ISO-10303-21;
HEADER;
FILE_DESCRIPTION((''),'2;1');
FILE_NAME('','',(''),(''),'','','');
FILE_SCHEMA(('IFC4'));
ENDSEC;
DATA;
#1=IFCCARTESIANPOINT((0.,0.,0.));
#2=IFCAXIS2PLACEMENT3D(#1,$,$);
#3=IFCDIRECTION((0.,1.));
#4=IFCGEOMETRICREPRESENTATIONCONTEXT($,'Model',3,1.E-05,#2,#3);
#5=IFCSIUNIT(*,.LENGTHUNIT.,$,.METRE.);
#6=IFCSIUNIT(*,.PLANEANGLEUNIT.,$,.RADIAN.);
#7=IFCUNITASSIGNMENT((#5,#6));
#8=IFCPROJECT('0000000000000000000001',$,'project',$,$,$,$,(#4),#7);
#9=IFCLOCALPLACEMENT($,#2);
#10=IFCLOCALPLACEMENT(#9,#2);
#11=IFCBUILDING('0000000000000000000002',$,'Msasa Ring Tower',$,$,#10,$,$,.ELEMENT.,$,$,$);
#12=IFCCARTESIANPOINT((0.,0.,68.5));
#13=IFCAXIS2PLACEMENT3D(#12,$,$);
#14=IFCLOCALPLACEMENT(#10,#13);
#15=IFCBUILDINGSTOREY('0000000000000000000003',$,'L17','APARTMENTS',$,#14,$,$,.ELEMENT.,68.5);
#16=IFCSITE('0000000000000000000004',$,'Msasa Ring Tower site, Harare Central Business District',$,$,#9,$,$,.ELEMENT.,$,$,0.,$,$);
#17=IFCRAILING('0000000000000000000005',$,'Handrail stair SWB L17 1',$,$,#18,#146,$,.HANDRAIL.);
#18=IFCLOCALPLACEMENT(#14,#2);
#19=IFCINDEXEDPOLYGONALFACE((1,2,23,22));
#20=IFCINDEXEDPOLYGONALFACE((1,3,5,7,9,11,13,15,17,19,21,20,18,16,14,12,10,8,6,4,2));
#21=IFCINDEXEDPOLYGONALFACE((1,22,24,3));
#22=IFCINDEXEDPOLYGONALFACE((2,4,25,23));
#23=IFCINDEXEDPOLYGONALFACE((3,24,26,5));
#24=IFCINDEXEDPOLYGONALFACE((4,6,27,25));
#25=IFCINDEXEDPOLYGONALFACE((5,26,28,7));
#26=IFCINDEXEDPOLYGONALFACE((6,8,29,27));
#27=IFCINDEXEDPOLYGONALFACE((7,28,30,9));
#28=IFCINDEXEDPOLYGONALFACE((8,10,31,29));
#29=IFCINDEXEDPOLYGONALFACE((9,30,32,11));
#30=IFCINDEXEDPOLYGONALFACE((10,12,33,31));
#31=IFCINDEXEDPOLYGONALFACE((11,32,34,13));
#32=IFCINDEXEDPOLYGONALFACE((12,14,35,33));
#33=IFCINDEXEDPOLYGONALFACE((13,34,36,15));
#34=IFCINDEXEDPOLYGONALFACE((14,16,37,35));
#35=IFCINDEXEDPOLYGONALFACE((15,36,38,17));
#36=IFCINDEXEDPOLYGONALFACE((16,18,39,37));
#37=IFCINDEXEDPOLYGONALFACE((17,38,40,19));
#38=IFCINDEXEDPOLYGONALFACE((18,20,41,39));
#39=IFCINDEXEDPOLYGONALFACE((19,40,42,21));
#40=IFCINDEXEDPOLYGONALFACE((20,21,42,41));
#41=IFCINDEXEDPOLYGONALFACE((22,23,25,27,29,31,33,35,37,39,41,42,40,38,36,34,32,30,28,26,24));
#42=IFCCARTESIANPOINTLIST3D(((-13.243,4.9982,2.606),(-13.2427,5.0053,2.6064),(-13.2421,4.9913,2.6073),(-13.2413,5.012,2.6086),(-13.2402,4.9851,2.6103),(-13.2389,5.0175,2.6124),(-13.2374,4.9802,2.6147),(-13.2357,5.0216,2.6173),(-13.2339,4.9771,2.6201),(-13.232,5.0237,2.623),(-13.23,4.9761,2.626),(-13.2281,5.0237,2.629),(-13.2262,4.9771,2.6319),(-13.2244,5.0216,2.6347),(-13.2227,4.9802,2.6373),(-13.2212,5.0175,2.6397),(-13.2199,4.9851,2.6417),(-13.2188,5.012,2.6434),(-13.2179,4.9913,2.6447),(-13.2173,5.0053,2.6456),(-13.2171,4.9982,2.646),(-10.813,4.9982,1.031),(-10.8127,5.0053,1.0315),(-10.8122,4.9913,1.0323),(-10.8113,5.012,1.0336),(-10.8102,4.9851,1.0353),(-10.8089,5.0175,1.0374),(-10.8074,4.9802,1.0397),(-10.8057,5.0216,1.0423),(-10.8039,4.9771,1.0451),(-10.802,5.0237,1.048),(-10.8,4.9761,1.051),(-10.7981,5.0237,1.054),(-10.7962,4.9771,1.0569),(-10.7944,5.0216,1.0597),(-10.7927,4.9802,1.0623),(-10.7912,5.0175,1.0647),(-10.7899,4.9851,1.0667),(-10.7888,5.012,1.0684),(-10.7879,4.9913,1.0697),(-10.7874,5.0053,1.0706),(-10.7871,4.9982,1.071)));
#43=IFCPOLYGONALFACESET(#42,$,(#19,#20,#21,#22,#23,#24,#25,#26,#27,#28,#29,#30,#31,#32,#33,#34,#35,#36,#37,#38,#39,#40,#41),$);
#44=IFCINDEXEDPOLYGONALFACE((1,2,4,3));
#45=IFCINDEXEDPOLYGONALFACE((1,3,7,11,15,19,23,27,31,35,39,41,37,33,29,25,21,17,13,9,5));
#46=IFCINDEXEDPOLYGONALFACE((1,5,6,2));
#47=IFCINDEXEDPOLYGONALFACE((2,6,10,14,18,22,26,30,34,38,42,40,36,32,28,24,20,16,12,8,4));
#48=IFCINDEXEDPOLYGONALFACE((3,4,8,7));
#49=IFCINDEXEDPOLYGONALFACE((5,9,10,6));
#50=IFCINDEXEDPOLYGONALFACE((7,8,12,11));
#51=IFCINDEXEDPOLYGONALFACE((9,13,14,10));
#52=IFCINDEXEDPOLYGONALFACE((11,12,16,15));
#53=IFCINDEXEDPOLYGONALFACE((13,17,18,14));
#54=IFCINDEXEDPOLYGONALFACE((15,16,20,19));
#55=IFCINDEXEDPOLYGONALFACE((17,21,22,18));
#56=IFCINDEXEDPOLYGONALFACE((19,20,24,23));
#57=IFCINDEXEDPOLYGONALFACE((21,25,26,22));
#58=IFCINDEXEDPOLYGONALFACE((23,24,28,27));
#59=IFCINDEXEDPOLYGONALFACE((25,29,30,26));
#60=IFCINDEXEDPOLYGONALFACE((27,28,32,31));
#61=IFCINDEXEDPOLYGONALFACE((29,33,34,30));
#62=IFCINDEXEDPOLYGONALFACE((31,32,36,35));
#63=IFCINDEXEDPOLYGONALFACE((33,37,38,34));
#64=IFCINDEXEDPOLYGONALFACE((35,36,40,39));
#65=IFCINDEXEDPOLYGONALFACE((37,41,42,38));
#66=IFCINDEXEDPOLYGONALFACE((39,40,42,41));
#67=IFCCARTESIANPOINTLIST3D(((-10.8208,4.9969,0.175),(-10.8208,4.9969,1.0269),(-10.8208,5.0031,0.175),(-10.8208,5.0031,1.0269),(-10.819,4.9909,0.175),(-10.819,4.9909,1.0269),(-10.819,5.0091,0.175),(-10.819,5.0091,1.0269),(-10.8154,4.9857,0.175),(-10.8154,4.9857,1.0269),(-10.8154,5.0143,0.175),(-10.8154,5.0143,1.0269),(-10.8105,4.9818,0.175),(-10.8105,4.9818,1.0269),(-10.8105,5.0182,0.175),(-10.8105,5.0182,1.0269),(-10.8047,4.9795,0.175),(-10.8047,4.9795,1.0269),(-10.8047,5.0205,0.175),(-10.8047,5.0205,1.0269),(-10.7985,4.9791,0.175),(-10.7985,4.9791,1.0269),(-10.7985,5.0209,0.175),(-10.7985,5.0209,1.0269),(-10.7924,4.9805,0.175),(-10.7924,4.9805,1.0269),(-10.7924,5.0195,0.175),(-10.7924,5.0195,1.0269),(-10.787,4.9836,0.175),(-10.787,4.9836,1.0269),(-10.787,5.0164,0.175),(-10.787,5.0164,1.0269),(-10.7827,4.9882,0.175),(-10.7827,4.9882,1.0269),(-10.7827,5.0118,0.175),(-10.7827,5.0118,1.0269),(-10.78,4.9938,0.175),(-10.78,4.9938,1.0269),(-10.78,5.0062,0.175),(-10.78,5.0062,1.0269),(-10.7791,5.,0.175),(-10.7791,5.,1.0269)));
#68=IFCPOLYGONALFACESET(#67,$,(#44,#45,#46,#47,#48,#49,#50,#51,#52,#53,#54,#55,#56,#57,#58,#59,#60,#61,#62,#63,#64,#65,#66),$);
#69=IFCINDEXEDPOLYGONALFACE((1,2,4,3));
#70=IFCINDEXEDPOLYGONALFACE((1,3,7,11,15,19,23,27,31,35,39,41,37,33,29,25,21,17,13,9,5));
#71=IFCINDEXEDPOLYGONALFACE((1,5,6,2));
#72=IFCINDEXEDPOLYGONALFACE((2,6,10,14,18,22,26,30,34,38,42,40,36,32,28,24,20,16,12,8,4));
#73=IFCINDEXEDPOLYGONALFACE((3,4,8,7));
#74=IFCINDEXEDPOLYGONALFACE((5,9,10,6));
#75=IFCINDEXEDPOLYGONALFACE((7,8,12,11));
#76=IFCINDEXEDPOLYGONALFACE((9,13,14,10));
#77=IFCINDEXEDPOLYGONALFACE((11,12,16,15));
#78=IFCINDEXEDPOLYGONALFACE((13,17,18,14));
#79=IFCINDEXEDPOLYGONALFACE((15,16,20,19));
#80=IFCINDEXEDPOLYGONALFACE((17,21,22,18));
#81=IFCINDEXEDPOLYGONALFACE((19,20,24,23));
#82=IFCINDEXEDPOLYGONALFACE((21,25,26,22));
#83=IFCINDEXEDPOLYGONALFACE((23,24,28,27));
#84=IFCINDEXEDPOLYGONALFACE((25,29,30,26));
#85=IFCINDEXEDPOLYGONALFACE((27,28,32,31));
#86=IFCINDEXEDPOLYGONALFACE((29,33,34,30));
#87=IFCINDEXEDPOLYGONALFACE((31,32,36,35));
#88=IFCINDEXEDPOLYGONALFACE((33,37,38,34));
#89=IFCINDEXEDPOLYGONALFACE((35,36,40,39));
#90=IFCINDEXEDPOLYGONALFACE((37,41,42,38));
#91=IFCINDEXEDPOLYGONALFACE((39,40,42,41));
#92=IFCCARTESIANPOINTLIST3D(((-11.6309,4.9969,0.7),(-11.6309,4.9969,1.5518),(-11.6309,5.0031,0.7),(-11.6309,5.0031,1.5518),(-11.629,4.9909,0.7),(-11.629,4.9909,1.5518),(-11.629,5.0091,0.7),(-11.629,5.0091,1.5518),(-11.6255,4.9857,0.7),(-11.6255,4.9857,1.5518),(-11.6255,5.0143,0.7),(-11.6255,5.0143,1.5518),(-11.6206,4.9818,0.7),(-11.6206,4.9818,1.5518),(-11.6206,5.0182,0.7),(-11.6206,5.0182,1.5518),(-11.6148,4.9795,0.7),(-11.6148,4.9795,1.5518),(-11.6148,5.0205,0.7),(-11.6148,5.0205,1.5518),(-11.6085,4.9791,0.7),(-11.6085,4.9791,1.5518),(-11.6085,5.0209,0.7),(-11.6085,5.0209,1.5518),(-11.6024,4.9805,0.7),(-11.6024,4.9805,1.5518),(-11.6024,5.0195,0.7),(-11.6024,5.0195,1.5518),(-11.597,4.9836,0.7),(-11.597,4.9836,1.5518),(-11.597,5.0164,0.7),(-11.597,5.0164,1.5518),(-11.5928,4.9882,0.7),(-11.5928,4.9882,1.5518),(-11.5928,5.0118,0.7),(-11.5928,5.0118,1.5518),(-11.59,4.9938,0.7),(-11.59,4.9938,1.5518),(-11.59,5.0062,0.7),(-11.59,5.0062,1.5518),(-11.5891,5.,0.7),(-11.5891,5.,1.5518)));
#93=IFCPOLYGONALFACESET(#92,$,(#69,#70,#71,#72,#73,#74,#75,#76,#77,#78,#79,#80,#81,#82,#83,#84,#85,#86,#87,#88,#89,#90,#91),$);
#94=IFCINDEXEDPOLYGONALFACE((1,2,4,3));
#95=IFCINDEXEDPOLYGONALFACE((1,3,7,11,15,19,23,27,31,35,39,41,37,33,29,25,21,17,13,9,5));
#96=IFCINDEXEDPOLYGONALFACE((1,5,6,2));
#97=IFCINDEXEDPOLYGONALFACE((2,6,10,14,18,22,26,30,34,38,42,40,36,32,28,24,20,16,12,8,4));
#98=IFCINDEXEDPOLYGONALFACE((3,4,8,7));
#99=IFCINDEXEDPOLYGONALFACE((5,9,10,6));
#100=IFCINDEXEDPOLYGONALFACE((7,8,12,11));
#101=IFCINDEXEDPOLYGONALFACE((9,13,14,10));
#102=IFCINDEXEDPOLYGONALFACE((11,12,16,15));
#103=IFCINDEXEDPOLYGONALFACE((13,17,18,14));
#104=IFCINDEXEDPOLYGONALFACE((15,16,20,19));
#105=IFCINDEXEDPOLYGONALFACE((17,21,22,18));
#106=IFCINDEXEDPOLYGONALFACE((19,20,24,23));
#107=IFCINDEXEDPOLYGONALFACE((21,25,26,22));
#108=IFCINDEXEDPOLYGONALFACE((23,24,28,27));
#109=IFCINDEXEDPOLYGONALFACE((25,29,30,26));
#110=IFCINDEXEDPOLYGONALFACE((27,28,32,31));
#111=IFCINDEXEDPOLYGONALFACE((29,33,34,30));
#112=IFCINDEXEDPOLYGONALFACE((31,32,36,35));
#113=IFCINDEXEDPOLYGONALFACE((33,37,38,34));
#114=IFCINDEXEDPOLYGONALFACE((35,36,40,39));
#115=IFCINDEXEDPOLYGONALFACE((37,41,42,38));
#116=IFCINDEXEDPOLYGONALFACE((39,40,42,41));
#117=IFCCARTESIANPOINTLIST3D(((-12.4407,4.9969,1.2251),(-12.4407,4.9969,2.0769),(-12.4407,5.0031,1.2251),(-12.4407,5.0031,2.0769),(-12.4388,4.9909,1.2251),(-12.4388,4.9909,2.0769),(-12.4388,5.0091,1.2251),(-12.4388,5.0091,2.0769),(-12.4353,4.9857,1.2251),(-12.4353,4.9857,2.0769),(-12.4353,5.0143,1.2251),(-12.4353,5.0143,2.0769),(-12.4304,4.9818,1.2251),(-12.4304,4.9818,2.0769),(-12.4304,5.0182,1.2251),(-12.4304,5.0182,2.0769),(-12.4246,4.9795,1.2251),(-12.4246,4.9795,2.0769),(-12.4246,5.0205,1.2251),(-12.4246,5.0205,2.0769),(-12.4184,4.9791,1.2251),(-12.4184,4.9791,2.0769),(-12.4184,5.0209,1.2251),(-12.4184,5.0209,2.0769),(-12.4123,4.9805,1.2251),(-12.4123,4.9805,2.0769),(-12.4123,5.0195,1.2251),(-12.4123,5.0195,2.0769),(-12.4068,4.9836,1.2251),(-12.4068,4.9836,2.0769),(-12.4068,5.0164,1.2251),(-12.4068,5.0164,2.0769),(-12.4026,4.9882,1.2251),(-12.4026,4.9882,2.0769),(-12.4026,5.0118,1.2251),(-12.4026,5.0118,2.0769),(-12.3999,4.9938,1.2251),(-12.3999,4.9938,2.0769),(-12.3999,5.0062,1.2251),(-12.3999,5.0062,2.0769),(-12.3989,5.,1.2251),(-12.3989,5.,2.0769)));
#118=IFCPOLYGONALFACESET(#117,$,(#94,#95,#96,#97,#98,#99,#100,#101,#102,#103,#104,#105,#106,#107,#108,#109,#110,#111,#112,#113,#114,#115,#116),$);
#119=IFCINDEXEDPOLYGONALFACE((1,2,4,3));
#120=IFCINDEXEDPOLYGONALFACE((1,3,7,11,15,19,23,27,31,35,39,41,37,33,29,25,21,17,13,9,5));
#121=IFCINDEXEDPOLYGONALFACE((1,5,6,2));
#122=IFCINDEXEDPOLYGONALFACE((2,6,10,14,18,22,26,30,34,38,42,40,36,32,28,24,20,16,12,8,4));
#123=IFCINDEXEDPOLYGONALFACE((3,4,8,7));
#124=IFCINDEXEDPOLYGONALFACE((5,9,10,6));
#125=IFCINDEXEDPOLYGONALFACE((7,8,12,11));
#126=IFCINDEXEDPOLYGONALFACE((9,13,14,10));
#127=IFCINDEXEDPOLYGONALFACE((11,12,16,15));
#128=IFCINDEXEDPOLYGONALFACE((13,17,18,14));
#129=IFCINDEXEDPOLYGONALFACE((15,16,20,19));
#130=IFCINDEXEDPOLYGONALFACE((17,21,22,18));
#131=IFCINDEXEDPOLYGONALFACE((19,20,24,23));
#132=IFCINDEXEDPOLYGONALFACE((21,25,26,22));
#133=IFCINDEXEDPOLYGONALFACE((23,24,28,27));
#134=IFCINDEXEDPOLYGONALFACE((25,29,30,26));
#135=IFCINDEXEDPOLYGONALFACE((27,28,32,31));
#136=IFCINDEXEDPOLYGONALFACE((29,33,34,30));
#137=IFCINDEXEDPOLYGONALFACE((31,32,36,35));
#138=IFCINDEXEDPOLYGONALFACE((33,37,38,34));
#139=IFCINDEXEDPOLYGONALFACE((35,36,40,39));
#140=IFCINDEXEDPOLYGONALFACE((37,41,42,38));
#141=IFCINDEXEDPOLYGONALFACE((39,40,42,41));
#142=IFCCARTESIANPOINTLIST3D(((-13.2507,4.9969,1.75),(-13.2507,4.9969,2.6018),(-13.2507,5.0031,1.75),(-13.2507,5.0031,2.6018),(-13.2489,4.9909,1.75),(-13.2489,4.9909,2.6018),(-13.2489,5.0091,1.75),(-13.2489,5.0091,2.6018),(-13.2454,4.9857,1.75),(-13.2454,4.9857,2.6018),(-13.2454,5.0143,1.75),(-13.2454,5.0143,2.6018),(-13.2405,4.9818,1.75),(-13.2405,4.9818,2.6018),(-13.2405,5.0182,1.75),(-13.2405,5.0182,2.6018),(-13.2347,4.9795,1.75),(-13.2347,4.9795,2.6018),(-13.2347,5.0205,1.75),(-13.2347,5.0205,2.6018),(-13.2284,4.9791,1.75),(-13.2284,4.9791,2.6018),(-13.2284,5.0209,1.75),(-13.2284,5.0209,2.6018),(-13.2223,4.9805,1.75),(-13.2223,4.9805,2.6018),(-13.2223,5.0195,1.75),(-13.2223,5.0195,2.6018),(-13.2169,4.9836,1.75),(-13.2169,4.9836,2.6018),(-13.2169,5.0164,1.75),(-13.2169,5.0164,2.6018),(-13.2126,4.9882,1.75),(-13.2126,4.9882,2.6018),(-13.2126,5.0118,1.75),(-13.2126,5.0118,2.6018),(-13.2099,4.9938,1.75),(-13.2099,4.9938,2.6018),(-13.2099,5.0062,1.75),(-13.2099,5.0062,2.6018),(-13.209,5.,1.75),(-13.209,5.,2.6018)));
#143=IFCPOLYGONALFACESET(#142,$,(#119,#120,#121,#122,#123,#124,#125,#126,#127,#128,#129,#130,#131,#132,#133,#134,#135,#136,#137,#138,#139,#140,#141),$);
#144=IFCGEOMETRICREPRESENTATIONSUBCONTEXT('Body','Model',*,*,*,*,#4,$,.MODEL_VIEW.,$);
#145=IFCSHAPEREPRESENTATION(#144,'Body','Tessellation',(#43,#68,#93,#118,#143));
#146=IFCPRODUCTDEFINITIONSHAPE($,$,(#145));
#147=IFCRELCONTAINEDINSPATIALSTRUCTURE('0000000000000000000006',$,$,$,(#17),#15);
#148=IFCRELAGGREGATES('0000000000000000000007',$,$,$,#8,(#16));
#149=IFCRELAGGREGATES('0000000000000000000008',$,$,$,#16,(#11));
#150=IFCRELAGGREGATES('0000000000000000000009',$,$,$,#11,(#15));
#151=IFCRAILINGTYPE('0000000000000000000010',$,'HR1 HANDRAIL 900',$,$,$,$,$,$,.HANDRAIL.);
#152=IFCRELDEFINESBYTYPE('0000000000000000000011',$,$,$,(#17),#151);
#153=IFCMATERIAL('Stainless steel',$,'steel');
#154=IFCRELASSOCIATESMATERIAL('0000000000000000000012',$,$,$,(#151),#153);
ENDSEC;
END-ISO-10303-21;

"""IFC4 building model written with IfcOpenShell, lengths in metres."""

from ifc_helpers import new_model, si_unit, direction, frame, origin, origin_2d, place, context, subcontext, project, spatial, circle, extrude, material, type_object, element, save


model = new_model("IFC4")

# Units and contexts
model_context = context("Model", 3, precision=1e-05, world=origin(), true_north=direction((0.0, 1.0)))
body_context = subcontext(model_context, "Body", "Model", "MODEL_VIEW")
ifc_project = project(units=[si_unit("LENGTHUNIT", "METRE"), si_unit("PLANEANGLEUNIT", "RADIAN")], contexts=[model_context])

# Site, building, storey
site_placement = place(None, origin())
site = spatial("IfcSite", under=ifc_project, at=site_placement, Name="Msasa Ring Tower site, Harare Central Business District", CompositionType="ELEMENT", RefElevation=0.0)
building_placement = place(site_placement, origin())
building = spatial("IfcBuilding", under=site, at=building_placement, Name="Msasa Ring Tower", CompositionType="ELEMENT")
storey_placement = place(building_placement, frame((0.0, 0.0, 68.5)))
storey = spatial("IfcBuildingStorey", under=building, at=storey_placement, Name="L17", Description="APARTMENTS", CompositionType="ELEMENT", Elevation=68.5)

# Railing
ifc_material_1 = material(Name="Stainless steel", Category="steel")
railing_type = type_object("IfcRailingType", Name="HR1 HANDRAIL 900", PredefinedType="HANDRAIL", material=ifc_material_1)
for number, where, name in (
    (1, (-10.8, 5.0, 0.175), "Handrail stair SWB L17 1"),
):
    element("IfcRailing", number, at=place(storey_placement, frame(where)), inside=storey, type_object=railing_type, Name=name, PredefinedType="HANDRAIL", context=body_context, shape_type="SweptSolid", body=[
        extrude(circle(Radius=0.0239, at=origin_2d()), frame((0.0, 0.0, 0.876), z_axis=(-0.839154, 0.0, 0.543894), x_axis=(0.0, -1.0, 0.0)), (0.0, 0.0, 1.0), 2.8958),
        extrude(circle(Radius=0.021, at=origin_2d()), origin(), (0.0, 0.0, 1.0), 0.8518),
        extrude(circle(Radius=0.021, at=origin_2d()), frame((-0.8101, 0.0, 0.5249)), (0.0, 0.0, 1.0), 0.8518),
        extrude(circle(Radius=0.021, at=origin_2d()), frame((-1.6199, 0.0, 1.05)), (0.0, 0.0, 1.0), 0.8518),
        extrude(circle(Radius=0.021, at=origin_2d()), frame((-2.4299, 0.0, 1.575)), (0.0, 0.0, 1.0), 0.8518),
    ])

save(model, "model.ifc")
